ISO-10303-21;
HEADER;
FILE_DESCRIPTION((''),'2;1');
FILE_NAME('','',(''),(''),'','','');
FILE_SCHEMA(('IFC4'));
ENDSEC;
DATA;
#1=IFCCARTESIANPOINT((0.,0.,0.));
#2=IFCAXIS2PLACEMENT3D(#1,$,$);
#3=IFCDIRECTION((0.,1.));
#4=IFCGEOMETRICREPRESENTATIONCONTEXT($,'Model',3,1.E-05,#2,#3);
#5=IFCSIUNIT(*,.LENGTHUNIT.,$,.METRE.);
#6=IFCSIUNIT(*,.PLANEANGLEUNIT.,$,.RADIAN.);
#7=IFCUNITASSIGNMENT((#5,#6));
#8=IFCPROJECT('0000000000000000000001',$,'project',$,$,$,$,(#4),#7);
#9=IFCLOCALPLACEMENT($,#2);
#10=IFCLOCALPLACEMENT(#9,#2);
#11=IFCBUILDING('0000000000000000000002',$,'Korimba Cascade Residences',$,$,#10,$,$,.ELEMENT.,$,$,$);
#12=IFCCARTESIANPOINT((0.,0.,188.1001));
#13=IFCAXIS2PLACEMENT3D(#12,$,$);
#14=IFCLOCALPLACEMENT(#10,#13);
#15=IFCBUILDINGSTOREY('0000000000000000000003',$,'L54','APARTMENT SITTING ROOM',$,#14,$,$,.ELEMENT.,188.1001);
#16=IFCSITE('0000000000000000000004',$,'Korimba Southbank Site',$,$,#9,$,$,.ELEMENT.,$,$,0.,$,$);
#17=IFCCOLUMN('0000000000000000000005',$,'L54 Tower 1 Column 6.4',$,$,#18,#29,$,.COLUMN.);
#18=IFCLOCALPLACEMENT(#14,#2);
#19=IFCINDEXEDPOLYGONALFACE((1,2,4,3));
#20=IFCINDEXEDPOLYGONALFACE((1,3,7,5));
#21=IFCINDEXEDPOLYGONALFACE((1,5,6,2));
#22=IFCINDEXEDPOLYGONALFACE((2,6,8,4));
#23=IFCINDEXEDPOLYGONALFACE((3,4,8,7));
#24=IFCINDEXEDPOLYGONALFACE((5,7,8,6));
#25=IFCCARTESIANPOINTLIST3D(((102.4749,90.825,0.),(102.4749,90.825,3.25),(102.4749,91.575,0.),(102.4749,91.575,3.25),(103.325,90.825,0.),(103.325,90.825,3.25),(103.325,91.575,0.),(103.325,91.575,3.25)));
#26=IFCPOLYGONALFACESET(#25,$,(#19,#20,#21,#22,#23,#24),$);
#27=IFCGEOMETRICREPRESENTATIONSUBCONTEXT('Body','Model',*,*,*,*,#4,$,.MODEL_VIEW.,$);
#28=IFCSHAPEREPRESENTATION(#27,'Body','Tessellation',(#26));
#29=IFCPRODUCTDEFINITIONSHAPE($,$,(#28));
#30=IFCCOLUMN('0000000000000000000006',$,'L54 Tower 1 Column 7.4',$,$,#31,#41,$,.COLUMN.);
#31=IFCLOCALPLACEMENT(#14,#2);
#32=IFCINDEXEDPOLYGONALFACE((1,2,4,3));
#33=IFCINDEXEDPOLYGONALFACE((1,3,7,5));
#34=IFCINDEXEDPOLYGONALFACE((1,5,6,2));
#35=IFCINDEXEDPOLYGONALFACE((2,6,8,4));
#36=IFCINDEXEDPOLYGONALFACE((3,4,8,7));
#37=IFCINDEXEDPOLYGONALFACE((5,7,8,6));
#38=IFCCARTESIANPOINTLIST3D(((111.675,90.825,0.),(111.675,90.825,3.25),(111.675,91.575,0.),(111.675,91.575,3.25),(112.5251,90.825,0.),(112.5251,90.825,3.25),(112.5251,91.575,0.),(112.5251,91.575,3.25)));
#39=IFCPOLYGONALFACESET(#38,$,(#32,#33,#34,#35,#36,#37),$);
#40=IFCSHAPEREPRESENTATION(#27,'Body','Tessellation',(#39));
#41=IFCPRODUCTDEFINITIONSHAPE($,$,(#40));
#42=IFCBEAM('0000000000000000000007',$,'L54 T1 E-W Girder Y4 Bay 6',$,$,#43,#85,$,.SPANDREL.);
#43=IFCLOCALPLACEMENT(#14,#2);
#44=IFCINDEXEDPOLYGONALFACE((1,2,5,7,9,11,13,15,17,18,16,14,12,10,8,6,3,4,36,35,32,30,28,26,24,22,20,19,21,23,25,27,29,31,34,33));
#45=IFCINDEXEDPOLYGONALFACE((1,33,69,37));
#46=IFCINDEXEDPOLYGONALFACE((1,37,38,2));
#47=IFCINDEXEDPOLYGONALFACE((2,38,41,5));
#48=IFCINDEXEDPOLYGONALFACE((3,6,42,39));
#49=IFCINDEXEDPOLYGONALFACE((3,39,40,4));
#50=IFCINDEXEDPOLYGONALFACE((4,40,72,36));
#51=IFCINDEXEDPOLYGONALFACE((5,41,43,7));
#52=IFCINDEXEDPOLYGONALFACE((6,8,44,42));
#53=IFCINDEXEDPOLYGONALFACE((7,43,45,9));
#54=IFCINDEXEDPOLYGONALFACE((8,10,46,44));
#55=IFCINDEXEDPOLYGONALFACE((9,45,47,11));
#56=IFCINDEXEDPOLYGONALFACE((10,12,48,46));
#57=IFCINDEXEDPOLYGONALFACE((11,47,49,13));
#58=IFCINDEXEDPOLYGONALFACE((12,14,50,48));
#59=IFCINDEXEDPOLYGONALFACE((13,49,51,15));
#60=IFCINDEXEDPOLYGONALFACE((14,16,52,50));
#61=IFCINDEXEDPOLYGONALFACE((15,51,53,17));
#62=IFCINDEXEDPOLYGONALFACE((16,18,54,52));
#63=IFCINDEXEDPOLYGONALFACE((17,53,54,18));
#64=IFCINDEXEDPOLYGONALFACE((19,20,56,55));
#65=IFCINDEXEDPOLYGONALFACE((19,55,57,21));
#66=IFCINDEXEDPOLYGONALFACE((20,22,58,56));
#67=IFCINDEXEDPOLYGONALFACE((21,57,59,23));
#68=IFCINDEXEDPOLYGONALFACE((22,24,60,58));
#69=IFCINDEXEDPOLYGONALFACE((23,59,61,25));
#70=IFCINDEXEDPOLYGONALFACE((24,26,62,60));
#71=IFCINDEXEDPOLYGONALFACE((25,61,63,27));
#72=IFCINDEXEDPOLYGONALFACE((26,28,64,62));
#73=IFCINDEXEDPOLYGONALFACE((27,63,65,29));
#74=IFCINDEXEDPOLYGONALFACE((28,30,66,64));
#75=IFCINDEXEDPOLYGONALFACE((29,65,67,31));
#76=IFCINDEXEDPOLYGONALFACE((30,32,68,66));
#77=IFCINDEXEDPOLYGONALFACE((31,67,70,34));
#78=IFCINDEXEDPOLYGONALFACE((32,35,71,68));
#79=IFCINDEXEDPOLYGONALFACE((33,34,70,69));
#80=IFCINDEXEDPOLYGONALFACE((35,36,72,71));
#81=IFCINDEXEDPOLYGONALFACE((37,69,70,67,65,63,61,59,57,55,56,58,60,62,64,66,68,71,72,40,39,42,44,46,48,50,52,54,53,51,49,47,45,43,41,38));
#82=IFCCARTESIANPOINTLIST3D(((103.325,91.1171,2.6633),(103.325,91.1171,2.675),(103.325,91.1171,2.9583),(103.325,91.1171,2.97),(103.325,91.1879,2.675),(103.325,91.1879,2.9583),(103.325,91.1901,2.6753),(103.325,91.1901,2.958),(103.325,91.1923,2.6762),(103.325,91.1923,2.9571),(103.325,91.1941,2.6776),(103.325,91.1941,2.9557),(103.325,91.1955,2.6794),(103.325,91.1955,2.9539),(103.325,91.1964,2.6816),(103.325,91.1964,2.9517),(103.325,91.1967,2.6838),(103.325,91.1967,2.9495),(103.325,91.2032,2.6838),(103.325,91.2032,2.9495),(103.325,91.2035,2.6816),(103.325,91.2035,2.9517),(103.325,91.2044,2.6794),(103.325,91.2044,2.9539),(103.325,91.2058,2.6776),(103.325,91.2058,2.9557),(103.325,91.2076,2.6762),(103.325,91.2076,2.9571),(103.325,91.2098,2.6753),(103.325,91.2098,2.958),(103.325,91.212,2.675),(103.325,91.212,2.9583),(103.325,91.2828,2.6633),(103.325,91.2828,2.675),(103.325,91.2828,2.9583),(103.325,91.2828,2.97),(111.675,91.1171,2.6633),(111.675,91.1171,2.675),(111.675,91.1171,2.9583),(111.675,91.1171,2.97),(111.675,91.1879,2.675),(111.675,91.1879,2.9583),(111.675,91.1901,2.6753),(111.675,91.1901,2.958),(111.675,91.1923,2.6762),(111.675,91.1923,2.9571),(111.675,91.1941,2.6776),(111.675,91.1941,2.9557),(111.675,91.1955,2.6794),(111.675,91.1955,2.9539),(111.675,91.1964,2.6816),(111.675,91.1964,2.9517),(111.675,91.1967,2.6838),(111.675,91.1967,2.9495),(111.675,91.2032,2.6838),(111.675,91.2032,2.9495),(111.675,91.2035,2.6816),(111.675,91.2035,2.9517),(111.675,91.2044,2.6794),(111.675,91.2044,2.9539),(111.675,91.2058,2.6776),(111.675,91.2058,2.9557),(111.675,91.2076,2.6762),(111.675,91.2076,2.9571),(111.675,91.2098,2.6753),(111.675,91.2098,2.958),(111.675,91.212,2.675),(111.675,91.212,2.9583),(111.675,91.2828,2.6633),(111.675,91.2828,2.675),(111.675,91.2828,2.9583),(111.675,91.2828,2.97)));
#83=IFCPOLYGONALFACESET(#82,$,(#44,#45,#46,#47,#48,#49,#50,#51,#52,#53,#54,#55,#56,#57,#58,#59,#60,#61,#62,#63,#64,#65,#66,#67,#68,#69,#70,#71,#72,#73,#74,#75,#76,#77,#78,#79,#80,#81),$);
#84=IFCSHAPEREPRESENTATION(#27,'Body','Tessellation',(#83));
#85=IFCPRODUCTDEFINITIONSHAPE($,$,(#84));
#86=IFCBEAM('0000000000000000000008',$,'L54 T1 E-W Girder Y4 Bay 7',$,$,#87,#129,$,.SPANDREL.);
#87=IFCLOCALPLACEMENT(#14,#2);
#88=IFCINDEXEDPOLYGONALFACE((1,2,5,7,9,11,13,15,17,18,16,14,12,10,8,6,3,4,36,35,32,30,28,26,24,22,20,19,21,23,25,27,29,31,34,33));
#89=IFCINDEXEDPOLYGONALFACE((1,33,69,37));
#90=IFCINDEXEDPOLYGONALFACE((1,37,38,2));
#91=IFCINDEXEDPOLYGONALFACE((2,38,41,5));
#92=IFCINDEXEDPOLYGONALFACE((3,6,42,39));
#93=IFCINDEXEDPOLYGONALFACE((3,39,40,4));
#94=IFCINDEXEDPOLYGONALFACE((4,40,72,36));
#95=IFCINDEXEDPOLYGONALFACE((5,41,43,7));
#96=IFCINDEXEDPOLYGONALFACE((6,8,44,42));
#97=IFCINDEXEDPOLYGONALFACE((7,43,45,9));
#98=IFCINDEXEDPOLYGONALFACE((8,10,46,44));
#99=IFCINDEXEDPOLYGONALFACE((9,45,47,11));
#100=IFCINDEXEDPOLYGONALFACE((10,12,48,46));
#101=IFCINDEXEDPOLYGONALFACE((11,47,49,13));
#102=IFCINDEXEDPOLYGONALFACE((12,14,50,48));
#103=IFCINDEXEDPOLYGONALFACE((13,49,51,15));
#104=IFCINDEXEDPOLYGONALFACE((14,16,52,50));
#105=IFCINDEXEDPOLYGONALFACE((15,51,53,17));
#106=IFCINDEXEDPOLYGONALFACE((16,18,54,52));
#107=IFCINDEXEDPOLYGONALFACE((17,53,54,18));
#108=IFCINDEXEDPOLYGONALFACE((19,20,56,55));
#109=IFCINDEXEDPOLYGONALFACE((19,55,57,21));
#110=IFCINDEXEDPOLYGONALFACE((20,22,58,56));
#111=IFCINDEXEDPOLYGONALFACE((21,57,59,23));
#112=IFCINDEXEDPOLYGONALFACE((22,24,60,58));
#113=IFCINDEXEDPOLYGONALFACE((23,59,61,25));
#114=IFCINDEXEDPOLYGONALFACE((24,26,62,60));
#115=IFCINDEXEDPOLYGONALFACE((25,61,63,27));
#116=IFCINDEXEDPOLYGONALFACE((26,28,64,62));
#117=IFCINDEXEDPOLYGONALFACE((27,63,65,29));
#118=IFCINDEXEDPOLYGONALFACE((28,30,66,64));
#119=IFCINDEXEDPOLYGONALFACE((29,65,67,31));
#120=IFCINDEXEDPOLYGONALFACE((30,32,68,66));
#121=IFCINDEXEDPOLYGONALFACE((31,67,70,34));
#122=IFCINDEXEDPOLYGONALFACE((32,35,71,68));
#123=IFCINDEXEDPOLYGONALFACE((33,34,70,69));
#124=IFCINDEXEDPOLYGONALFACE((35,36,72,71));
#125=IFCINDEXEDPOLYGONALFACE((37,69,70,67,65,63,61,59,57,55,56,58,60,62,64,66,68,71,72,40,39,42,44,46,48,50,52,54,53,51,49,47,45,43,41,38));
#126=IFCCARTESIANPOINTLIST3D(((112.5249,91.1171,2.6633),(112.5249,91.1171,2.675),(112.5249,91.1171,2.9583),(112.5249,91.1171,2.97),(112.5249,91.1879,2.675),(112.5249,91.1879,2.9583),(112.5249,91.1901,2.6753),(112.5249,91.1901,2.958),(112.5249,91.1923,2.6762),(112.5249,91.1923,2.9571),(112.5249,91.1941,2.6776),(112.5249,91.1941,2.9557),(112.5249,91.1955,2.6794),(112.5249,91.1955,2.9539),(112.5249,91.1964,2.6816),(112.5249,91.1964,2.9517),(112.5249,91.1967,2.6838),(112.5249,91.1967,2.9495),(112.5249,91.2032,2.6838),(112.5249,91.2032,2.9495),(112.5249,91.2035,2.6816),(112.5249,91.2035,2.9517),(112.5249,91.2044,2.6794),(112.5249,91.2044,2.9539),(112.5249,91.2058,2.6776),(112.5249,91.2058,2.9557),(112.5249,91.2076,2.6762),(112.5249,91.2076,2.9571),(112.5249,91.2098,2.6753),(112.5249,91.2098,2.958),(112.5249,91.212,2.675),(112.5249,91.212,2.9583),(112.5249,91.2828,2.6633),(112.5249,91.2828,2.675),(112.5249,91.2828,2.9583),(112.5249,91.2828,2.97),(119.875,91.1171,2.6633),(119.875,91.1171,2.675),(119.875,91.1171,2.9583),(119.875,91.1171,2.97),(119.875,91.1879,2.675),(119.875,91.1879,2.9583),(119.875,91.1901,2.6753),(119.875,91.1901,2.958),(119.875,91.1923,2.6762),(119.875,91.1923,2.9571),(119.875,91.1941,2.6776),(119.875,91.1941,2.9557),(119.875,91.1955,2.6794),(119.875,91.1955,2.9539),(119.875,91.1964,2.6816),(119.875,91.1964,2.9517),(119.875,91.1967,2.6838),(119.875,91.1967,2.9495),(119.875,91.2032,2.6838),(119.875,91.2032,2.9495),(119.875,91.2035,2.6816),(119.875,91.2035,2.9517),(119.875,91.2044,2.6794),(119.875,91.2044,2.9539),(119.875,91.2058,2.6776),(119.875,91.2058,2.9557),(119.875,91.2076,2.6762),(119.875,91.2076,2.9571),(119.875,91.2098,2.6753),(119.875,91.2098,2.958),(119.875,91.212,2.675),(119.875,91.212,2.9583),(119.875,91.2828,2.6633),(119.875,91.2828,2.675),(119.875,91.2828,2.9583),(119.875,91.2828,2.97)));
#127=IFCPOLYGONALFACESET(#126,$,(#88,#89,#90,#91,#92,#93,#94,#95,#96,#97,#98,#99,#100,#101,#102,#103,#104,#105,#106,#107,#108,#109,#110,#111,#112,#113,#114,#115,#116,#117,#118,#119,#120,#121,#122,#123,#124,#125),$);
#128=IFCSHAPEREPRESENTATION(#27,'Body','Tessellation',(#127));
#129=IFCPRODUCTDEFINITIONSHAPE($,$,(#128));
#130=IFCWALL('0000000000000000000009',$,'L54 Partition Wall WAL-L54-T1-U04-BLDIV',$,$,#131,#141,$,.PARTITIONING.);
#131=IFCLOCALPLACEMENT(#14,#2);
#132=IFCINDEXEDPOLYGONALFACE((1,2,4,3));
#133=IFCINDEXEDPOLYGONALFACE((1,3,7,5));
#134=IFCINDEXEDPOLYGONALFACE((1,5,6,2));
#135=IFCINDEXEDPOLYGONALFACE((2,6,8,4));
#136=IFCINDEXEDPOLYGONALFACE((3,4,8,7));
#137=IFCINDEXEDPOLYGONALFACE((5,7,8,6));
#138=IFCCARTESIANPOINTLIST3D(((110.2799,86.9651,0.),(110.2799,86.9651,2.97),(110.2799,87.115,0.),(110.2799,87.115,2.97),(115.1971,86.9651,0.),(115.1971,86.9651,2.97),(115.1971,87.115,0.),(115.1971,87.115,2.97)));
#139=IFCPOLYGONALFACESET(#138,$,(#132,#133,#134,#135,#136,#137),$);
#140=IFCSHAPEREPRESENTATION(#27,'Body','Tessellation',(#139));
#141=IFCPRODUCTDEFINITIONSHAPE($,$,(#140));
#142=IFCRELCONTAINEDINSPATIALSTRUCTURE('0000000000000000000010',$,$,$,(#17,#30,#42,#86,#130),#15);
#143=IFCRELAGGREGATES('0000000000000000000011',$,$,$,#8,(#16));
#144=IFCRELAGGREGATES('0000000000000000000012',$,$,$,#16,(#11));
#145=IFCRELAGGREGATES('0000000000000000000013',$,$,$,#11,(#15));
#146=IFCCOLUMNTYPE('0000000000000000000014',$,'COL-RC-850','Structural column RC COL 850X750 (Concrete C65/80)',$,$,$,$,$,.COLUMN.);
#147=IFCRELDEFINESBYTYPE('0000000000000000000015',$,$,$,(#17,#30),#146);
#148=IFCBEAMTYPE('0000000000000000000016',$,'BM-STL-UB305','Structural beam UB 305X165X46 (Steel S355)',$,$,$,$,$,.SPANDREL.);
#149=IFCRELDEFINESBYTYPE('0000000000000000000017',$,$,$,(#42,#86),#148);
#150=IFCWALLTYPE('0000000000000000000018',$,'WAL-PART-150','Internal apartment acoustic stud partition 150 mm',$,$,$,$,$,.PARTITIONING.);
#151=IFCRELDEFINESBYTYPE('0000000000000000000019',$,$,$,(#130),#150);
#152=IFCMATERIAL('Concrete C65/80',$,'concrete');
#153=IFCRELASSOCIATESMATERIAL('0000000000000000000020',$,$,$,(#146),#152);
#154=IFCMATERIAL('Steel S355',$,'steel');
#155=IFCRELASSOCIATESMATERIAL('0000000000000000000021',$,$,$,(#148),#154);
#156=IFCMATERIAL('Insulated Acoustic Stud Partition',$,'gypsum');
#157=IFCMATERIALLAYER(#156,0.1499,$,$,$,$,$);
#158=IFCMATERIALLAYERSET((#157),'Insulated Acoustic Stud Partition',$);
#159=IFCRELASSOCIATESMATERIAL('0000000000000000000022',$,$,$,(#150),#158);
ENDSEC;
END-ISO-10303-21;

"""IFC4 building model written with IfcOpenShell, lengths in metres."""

from ifc_helpers import new_model, si_unit, direction, frame, frame_2d, origin, origin_2d, place, context, subcontext, project, spatial, rectangle, i_section, extrude, material, layer, layer_set, material_profile, profile_set, type_object, element, save


model = new_model("IFC4")

# Units and contexts
model_context = context("Model", 3, precision=1e-05, world=origin(), true_north=direction((0.0, 1.0)))
body_context = subcontext(model_context, "Body", "Model", "MODEL_VIEW")
ifc_project = project(units=[si_unit("LENGTHUNIT", "METRE"), si_unit("PLANEANGLEUNIT", "RADIAN")], contexts=[model_context])

# Site, building, storey
site_placement = place(None, origin())
site = spatial("IfcSite", under=ifc_project, at=site_placement, Name="Korimba Southbank Site", CompositionType="ELEMENT", RefElevation=0.0)
building_placement = place(site_placement, origin())
building = spatial("IfcBuilding", under=site, at=building_placement, Name="Korimba Cascade Residences", CompositionType="ELEMENT")
storey_placement = place(building_placement, frame((0.0, 0.0, 188.1001)))
storey = spatial("IfcBuildingStorey", under=building, at=storey_placement, Name="L54", Description="APARTMENT SITTING ROOM", CompositionType="ELEMENT", Elevation=188.1001)

# Columns
ifc_material_1 = material(Name="Concrete C65/80", Category="concrete")
ifc_material_profile_1 = material_profile(ifc_material_1, rectangle(XDim=0.8501, YDim=0.75, at=origin_2d()), Name="Concrete C65/80")
ifc_profile_set_1 = profile_set([ifc_material_profile_1], Name="Concrete C65/80")
column_type = type_object("IfcColumnType", Name="COL-RC-850", Description="Structural column RC COL 850X750 (Concrete C65/80)", PredefinedType="COLUMN", material=ifc_profile_set_1)
for number, where, z_axis, x_axis, name in (
    (1, (102.8999, 91.2, 0.0), (0.0, 0.0, 1.0), (1.0, 0.0, 0.0), "L54 Tower 1 Column 6.4"),
    (2, (112.1001, 91.2, 0.0), (0.0, 0.0, 1.0), (1.0, 0.0, 0.0), "L54 Tower 1 Column 7.4"),
):
    element("IfcColumn", number, at=place(storey_placement, frame(where, z_axis=z_axis, x_axis=x_axis)), inside=storey, type_object=column_type, Name=name, PredefinedType="COLUMN", context=body_context, shape_type="SweptSolid", body=[
        extrude(rectangle(XDim=0.8501, YDim=0.75, at=origin_2d()), origin(), (0.0, 0.0, 1.0), 3.25),
    ])

# Beams
ifc_material_2 = material(Name="Steel S355", Category="steel")
ifc_material_profile_2 = material_profile(ifc_material_2, i_section(OverallWidth=0.1658, OverallDepth=0.3066, WebThickness=0.0066, FlangeThickness=0.0117, FilletRadius=0.0088, at=origin_2d()), Name="Steel S355")
ifc_profile_set_2 = profile_set([ifc_material_profile_2], Name="Steel S355")
beam_type = type_object("IfcBeamType", Name="BM-STL-UB305", Description="Structural beam UB 305X165X46 (Steel S355)", PredefinedType="SPANDREL", material=ifc_profile_set_2)
beam_1_placement = place(storey_placement, frame((103.325, 91.2, 2.8167), z_axis=(1.0, 0.0, 0.0), x_axis=(0.0, 1.0, 0.0)))
element("IfcBeam", 3, at=beam_1_placement, inside=storey, type_object=beam_type, Name="L54 T1 E-W Girder Y4 Bay 6", PredefinedType="SPANDREL", context=body_context, shape_type="SweptSolid", body=[
    extrude(i_section(OverallWidth=0.1658, OverallDepth=0.3066, WebThickness=0.0066, FlangeThickness=0.0117, FilletRadius=0.0088, at=origin_2d()), origin(), (0.0, 0.0, 1.0), 8.3501),
])
beam_2_placement = place(storey_placement, frame((112.5249, 91.2, 2.8167), z_axis=(1.0, 0.0, 0.0), x_axis=(0.0, 1.0, 0.0)))
element("IfcBeam", 4, at=beam_2_placement, inside=storey, type_object=beam_type, Name="L54 T1 E-W Girder Y4 Bay 7", PredefinedType="SPANDREL", context=body_context, shape_type="SweptSolid", body=[
    extrude(i_section(OverallWidth=0.1658, OverallDepth=0.3066, WebThickness=0.0066, FlangeThickness=0.0117, FilletRadius=0.0088, at=origin_2d()), origin(), (0.0, 0.0, 1.0), 7.3501),
])

# Wall
ifc_material_3 = material(Name="Insulated Acoustic Stud Partition", Category="gypsum")
ifc_layer = layer(ifc_material_3, 0.1499)
ifc_layer_set = layer_set([ifc_layer], Name="Insulated Acoustic Stud Partition")
wall_type = type_object("IfcWallType", Name="WAL-PART-150", Description="Internal apartment acoustic stud partition 150 mm", PredefinedType="PARTITIONING", material=ifc_layer_set)
wall_1_placement = place(storey_placement, frame((110.28, 87.04, 0.0), z_axis=(0.0, 0.0, 1.0), x_axis=(1.0, 0.0, 0.0)))
element("IfcWall", 5, at=wall_1_placement, inside=storey, type_object=wall_type, Name="L54 Partition Wall WAL-L54-T1-U04-BLDIV", PredefinedType="PARTITIONING", context=body_context, shape_type="SweptSolid", body=[
    extrude(rectangle(XDim=4.9172, YDim=0.1499, at=frame_2d((2.4585, 0.0))), origin(), (0.0, 0.0, 1.0), 2.97),
])

save(model, "model.ifc")
